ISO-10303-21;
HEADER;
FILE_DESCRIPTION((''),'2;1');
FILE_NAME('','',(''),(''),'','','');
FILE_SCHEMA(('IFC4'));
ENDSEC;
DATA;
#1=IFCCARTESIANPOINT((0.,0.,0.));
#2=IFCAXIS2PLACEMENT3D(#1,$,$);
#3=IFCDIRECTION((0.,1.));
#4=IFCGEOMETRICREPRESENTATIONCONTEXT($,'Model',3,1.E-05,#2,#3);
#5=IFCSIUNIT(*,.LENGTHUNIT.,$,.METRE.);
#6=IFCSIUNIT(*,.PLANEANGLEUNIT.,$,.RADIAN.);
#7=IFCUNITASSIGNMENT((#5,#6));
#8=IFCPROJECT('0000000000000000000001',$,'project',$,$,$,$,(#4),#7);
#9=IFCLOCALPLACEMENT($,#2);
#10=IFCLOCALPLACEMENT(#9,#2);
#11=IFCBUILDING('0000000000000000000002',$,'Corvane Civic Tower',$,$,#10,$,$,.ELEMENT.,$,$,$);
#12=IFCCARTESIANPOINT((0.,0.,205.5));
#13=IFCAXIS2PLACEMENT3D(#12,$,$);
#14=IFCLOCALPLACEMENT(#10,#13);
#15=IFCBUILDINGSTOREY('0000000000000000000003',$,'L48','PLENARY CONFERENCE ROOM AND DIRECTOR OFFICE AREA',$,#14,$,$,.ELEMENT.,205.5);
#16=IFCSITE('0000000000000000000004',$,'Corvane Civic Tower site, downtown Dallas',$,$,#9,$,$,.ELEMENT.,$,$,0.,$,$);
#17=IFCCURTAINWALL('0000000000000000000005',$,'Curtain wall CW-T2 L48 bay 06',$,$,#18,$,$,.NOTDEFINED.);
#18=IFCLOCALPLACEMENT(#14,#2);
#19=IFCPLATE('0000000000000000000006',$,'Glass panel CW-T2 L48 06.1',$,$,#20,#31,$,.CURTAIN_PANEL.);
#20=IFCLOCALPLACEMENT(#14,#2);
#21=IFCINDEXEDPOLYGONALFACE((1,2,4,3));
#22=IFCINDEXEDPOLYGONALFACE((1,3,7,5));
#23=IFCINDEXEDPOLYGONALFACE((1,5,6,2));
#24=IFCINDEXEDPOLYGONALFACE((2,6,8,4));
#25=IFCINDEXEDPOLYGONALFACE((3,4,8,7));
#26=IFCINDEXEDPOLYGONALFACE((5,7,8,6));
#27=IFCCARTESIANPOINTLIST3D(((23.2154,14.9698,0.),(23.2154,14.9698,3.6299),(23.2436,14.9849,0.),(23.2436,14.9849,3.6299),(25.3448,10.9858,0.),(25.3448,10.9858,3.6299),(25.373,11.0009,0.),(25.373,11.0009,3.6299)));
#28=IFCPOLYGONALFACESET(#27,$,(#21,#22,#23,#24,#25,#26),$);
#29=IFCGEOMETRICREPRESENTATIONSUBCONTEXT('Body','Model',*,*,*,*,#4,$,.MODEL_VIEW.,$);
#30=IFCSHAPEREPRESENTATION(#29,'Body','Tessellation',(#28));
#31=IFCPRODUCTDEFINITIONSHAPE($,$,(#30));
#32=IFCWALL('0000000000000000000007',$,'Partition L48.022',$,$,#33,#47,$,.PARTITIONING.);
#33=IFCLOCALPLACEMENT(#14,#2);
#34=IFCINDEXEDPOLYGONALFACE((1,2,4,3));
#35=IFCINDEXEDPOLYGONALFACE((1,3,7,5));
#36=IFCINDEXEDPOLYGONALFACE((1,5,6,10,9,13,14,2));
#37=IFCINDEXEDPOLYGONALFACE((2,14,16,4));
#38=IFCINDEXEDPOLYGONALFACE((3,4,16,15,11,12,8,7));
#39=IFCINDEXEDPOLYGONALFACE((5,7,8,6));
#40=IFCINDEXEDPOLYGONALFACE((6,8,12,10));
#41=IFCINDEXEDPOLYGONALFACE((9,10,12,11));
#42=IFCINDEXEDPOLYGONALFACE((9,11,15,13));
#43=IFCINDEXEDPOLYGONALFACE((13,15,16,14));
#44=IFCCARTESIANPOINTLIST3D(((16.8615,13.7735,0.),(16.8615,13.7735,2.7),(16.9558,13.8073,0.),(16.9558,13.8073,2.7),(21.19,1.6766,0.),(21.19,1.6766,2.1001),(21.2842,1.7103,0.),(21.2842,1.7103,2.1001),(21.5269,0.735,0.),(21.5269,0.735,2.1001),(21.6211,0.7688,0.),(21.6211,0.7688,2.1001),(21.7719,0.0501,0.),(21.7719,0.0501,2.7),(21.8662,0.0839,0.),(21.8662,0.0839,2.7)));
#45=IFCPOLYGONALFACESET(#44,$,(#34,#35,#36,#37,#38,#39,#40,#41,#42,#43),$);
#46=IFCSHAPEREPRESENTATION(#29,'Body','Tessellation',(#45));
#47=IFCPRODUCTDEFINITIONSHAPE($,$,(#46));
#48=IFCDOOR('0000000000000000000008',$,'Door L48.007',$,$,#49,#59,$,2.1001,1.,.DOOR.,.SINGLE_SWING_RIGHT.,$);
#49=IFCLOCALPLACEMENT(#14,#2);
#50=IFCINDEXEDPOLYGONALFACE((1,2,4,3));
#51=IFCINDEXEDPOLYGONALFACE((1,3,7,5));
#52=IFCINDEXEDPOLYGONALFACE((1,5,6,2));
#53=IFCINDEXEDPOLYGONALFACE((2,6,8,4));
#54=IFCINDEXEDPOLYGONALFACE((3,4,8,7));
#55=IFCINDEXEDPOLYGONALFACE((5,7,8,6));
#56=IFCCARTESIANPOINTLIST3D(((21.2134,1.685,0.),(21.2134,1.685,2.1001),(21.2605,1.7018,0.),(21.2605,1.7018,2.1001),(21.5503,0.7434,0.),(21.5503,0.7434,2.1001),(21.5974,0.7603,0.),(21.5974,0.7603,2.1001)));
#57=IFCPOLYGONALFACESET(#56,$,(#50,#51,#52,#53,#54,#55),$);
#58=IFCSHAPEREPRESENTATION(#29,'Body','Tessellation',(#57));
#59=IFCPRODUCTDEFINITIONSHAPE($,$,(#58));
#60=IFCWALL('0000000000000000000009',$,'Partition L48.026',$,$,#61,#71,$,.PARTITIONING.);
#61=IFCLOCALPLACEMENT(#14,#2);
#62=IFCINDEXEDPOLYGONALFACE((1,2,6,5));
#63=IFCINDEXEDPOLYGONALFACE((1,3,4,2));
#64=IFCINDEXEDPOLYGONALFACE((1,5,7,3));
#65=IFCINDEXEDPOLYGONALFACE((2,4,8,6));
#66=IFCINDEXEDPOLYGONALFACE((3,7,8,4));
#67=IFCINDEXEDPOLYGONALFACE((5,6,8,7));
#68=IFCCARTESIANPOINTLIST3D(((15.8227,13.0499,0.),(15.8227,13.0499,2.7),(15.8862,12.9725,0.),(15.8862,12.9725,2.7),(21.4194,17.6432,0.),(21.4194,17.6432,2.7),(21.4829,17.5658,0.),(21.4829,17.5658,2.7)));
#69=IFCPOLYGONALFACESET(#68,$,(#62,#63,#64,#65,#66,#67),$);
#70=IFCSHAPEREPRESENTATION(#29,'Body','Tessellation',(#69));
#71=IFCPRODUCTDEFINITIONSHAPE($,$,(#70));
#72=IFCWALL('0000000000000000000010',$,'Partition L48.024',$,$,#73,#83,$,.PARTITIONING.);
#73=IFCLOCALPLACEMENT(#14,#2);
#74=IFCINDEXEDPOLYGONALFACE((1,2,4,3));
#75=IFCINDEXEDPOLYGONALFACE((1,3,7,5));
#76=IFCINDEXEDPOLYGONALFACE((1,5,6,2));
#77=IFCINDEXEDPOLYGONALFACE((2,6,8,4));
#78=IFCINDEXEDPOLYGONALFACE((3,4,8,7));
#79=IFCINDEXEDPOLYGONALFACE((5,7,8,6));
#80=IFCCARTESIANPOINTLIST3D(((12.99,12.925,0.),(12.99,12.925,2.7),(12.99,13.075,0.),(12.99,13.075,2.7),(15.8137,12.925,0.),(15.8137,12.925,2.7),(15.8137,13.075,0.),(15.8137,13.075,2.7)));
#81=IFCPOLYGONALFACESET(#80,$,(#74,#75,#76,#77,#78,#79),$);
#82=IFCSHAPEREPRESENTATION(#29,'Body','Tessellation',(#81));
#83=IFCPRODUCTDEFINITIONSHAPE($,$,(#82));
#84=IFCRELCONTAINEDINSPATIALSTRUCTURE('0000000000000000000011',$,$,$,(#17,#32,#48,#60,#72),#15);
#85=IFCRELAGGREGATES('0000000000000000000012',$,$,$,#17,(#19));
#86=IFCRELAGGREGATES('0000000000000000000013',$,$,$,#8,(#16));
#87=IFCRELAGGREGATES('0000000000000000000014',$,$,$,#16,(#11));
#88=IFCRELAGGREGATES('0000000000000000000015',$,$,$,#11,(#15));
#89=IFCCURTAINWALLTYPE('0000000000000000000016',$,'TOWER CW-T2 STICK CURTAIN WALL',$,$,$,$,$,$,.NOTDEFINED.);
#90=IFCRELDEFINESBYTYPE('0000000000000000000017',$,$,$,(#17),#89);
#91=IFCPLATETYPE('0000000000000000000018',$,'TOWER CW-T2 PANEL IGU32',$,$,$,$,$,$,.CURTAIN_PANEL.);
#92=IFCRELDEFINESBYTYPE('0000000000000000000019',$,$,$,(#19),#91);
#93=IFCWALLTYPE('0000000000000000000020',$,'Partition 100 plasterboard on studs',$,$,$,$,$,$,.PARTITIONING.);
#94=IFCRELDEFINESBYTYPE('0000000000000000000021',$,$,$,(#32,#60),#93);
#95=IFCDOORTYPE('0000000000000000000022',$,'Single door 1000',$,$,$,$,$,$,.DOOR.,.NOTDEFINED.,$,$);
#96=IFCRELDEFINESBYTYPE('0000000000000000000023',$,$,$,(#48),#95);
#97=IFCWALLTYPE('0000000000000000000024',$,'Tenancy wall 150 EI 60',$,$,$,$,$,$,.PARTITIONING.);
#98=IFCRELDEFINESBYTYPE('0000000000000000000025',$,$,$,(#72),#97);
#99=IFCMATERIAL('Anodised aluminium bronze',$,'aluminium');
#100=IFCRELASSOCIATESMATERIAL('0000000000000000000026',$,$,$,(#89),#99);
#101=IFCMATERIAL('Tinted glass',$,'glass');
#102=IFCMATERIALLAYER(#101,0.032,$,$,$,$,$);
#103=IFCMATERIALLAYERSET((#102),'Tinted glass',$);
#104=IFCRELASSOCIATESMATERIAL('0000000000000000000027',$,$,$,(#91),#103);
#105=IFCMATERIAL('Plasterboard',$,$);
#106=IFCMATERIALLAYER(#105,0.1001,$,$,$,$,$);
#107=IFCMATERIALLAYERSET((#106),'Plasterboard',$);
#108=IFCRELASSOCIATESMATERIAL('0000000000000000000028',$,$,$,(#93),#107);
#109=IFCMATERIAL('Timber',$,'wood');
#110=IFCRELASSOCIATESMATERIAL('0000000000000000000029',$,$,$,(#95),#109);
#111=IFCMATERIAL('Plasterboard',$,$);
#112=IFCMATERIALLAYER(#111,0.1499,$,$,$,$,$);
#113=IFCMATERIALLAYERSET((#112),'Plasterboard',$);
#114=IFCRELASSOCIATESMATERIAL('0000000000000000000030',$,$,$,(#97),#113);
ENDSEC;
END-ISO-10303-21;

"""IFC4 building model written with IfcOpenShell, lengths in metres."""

from ifc_helpers import new_model, si_unit, direction, frame, frame_2d, origin, origin_2d, place, context, subcontext, project, spatial, rectangle, extrude, material, layer, layer_set, type_object, element, fill, aggregate, save


model = new_model("IFC4")

# Units and contexts
model_context = context("Model", 3, precision=1e-05, world=origin(), true_north=direction((0.0, 1.0)))
body_context = subcontext(model_context, "Body", "Model", "MODEL_VIEW")
ifc_project = project(units=[si_unit("LENGTHUNIT", "METRE"), si_unit("PLANEANGLEUNIT", "RADIAN")], contexts=[model_context])

# Site, building, storey
site_placement = place(None, origin())
site = spatial("IfcSite", under=ifc_project, at=site_placement, Name="Corvane Civic Tower site, downtown Dallas", CompositionType="ELEMENT", RefElevation=0.0)
building_placement = place(site_placement, origin())
building = spatial("IfcBuilding", under=site, at=building_placement, Name="Corvane Civic Tower", CompositionType="ELEMENT")
storey_placement = place(building_placement, frame((0.0, 0.0, 205.5)))
storey = spatial("IfcBuildingStorey", under=building, at=storey_placement, Name="L48", Description="PLENARY CONFERENCE ROOM AND DIRECTOR OFFICE AREA", CompositionType="ELEMENT", Elevation=205.5)

# Curtain wall
ifc_material_1 = material(Name="Anodised aluminium bronze", Category="aluminium")
curtain_wall_type = type_object("IfcCurtainWallType", Name="TOWER CW-T2 STICK CURTAIN WALL", PredefinedType="NOTDEFINED", material=ifc_material_1)
curtain_wall_1_placement = place(storey_placement, origin())
curtain_wall_1 = element("IfcCurtainWall", 1, at=curtain_wall_1_placement, inside=storey, type_object=curtain_wall_type, Name="Curtain wall CW-T2 L48 bay 06", PredefinedType="NOTDEFINED")

# Plate
ifc_material_2 = material(Name="Tinted glass", Category="glass")
ifc_layer_1 = layer(ifc_material_2, 0.032)
ifc_layer_set_1 = layer_set([ifc_layer_1], Name="Tinted glass")
plate_type = type_object("IfcPlateType", Name="TOWER CW-T2 PANEL IGU32", PredefinedType="CURTAIN_PANEL", material=ifc_layer_set_1)
plate_1_placement = place(storey_placement, frame((24.2942, 12.9854, 0.0), z_axis=(0.0, 0.0, 1.0), x_axis=(0.471398, -0.88192, 0.0)))
plate_1 = element("IfcPlate", 2, at=plate_1_placement, type_object=plate_type, Name="Glass panel CW-T2 L48 06.1", PredefinedType="CURTAIN_PANEL", context=body_context, shape_type="SweptSolid", body=[
    extrude(rectangle(XDim=4.5173, YDim=0.032, at=origin_2d()), origin(), (0.0, 0.0, 1.0), 3.6299),
])
aggregate(curtain_wall_1, [plate_1])

# Wall, opening, door
ifc_material_3 = material(Name="Plasterboard")
ifc_layer_2 = layer(ifc_material_3, 0.1001)
ifc_layer_set_2 = layer_set([ifc_layer_2], Name="Plasterboard")
wall_type_1 = type_object("IfcWallType", Name="Partition 100 plasterboard on studs", PredefinedType="PARTITIONING", material=ifc_layer_set_2)
wall_1_placement = place(storey_placement, frame((16.9087, 13.7903, 0.0), z_axis=(0.0, 0.0, 1.0), x_axis=(0.336896, -0.941542, 0.0)))
wall_1 = element("IfcWall", 3, at=wall_1_placement, inside=storey, type_object=wall_type_1, Name="Partition L48.022", PredefinedType="PARTITIONING", context=body_context, shape_type="SweptSolid", body=[
    extrude(rectangle(XDim=14.5754, YDim=0.1001, at=frame_2d((7.2876, 0.0))), origin(), (0.0, 0.0, 1.0), 2.7),
])
opening_placement = place(wall_1_placement, frame((12.8479, 0.0, 0.0)))
opening = element("IfcOpeningElement", 4, at=opening_placement, cuts=wall_1, PredefinedType="OPENING", context=body_context, shape_type="SweptSolid", body=[
    extrude(rectangle(XDim=1.0, YDim=2.1001, at=frame_2d((0.5, 1.05))), frame((0.0, 0.0601, 0.0), z_axis=(0.0, -1.0, 0.0), x_axis=(1.0, 0.0, 0.0)), (0.0, 0.0, 1.0), 0.1201),
])
ifc_material_4 = material(Name="Timber", Category="wood")
door_type = type_object("IfcDoorType", Name="Single door 1000", OperationType="NOTDEFINED", PredefinedType="DOOR", material=ifc_material_4)
door_placement = place(opening_placement, origin())
door = element("IfcDoor", 5, at=door_placement, inside=storey, type_object=door_type, Name="Door L48.007", OperationType="SINGLE_SWING_RIGHT", OverallHeight=2.1001, OverallWidth=1.0, PredefinedType="DOOR", context=body_context, shape_type="SweptSolid", body=[
    extrude(rectangle(XDim=1.0, YDim=2.1001, at=frame_2d((0.5, 1.05))), frame((0.0, 0.0249, 0.0), z_axis=(0.0, -1.0, 0.0), x_axis=(1.0, 0.0, 0.0)), (0.0, 0.0, 1.0), 0.05),
])
fill(opening, door)

# Walls
wall_2_placement = place(storey_placement, frame((15.8545, 13.0112, 0.0), z_axis=(0.0, 0.0, 1.0), x_axis=(0.772998, 0.634409, 0.0)))
element("IfcWall", 6, at=wall_2_placement, inside=storey, type_object=wall_type_1, Name="Partition L48.026", PredefinedType="PARTITIONING", context=body_context, shape_type="SweptSolid", body=[
    extrude(rectangle(XDim=7.2402, YDim=0.1001, at=frame_2d((3.6201, 0.0))), origin(), (0.0, 0.0, 1.0), 2.7),
])
ifc_material_5 = material(Name="Plasterboard")
ifc_layer_3 = layer(ifc_material_5, 0.1499)
ifc_layer_set_3 = layer_set([ifc_layer_3], Name="Plasterboard")
wall_type_2 = type_object("IfcWallType", Name="Tenancy wall 150 EI 60", PredefinedType="PARTITIONING", material=ifc_layer_set_3)
wall_3_placement = place(storey_placement, frame((12.99, 13.0, 0.0), z_axis=(0.0, 0.0, 1.0), x_axis=(1.0, 0.0, 0.0)))
element("IfcWall", 7, at=wall_3_placement, inside=storey, type_object=wall_type_2, Name="Partition L48.024", PredefinedType="PARTITIONING", context=body_context, shape_type="SweptSolid", body=[
    extrude(rectangle(XDim=2.8237, YDim=0.1499, at=frame_2d((1.4119, 0.0))), origin(), (0.0, 0.0, 1.0), 2.7),
])

save(model, "model.ifc")
